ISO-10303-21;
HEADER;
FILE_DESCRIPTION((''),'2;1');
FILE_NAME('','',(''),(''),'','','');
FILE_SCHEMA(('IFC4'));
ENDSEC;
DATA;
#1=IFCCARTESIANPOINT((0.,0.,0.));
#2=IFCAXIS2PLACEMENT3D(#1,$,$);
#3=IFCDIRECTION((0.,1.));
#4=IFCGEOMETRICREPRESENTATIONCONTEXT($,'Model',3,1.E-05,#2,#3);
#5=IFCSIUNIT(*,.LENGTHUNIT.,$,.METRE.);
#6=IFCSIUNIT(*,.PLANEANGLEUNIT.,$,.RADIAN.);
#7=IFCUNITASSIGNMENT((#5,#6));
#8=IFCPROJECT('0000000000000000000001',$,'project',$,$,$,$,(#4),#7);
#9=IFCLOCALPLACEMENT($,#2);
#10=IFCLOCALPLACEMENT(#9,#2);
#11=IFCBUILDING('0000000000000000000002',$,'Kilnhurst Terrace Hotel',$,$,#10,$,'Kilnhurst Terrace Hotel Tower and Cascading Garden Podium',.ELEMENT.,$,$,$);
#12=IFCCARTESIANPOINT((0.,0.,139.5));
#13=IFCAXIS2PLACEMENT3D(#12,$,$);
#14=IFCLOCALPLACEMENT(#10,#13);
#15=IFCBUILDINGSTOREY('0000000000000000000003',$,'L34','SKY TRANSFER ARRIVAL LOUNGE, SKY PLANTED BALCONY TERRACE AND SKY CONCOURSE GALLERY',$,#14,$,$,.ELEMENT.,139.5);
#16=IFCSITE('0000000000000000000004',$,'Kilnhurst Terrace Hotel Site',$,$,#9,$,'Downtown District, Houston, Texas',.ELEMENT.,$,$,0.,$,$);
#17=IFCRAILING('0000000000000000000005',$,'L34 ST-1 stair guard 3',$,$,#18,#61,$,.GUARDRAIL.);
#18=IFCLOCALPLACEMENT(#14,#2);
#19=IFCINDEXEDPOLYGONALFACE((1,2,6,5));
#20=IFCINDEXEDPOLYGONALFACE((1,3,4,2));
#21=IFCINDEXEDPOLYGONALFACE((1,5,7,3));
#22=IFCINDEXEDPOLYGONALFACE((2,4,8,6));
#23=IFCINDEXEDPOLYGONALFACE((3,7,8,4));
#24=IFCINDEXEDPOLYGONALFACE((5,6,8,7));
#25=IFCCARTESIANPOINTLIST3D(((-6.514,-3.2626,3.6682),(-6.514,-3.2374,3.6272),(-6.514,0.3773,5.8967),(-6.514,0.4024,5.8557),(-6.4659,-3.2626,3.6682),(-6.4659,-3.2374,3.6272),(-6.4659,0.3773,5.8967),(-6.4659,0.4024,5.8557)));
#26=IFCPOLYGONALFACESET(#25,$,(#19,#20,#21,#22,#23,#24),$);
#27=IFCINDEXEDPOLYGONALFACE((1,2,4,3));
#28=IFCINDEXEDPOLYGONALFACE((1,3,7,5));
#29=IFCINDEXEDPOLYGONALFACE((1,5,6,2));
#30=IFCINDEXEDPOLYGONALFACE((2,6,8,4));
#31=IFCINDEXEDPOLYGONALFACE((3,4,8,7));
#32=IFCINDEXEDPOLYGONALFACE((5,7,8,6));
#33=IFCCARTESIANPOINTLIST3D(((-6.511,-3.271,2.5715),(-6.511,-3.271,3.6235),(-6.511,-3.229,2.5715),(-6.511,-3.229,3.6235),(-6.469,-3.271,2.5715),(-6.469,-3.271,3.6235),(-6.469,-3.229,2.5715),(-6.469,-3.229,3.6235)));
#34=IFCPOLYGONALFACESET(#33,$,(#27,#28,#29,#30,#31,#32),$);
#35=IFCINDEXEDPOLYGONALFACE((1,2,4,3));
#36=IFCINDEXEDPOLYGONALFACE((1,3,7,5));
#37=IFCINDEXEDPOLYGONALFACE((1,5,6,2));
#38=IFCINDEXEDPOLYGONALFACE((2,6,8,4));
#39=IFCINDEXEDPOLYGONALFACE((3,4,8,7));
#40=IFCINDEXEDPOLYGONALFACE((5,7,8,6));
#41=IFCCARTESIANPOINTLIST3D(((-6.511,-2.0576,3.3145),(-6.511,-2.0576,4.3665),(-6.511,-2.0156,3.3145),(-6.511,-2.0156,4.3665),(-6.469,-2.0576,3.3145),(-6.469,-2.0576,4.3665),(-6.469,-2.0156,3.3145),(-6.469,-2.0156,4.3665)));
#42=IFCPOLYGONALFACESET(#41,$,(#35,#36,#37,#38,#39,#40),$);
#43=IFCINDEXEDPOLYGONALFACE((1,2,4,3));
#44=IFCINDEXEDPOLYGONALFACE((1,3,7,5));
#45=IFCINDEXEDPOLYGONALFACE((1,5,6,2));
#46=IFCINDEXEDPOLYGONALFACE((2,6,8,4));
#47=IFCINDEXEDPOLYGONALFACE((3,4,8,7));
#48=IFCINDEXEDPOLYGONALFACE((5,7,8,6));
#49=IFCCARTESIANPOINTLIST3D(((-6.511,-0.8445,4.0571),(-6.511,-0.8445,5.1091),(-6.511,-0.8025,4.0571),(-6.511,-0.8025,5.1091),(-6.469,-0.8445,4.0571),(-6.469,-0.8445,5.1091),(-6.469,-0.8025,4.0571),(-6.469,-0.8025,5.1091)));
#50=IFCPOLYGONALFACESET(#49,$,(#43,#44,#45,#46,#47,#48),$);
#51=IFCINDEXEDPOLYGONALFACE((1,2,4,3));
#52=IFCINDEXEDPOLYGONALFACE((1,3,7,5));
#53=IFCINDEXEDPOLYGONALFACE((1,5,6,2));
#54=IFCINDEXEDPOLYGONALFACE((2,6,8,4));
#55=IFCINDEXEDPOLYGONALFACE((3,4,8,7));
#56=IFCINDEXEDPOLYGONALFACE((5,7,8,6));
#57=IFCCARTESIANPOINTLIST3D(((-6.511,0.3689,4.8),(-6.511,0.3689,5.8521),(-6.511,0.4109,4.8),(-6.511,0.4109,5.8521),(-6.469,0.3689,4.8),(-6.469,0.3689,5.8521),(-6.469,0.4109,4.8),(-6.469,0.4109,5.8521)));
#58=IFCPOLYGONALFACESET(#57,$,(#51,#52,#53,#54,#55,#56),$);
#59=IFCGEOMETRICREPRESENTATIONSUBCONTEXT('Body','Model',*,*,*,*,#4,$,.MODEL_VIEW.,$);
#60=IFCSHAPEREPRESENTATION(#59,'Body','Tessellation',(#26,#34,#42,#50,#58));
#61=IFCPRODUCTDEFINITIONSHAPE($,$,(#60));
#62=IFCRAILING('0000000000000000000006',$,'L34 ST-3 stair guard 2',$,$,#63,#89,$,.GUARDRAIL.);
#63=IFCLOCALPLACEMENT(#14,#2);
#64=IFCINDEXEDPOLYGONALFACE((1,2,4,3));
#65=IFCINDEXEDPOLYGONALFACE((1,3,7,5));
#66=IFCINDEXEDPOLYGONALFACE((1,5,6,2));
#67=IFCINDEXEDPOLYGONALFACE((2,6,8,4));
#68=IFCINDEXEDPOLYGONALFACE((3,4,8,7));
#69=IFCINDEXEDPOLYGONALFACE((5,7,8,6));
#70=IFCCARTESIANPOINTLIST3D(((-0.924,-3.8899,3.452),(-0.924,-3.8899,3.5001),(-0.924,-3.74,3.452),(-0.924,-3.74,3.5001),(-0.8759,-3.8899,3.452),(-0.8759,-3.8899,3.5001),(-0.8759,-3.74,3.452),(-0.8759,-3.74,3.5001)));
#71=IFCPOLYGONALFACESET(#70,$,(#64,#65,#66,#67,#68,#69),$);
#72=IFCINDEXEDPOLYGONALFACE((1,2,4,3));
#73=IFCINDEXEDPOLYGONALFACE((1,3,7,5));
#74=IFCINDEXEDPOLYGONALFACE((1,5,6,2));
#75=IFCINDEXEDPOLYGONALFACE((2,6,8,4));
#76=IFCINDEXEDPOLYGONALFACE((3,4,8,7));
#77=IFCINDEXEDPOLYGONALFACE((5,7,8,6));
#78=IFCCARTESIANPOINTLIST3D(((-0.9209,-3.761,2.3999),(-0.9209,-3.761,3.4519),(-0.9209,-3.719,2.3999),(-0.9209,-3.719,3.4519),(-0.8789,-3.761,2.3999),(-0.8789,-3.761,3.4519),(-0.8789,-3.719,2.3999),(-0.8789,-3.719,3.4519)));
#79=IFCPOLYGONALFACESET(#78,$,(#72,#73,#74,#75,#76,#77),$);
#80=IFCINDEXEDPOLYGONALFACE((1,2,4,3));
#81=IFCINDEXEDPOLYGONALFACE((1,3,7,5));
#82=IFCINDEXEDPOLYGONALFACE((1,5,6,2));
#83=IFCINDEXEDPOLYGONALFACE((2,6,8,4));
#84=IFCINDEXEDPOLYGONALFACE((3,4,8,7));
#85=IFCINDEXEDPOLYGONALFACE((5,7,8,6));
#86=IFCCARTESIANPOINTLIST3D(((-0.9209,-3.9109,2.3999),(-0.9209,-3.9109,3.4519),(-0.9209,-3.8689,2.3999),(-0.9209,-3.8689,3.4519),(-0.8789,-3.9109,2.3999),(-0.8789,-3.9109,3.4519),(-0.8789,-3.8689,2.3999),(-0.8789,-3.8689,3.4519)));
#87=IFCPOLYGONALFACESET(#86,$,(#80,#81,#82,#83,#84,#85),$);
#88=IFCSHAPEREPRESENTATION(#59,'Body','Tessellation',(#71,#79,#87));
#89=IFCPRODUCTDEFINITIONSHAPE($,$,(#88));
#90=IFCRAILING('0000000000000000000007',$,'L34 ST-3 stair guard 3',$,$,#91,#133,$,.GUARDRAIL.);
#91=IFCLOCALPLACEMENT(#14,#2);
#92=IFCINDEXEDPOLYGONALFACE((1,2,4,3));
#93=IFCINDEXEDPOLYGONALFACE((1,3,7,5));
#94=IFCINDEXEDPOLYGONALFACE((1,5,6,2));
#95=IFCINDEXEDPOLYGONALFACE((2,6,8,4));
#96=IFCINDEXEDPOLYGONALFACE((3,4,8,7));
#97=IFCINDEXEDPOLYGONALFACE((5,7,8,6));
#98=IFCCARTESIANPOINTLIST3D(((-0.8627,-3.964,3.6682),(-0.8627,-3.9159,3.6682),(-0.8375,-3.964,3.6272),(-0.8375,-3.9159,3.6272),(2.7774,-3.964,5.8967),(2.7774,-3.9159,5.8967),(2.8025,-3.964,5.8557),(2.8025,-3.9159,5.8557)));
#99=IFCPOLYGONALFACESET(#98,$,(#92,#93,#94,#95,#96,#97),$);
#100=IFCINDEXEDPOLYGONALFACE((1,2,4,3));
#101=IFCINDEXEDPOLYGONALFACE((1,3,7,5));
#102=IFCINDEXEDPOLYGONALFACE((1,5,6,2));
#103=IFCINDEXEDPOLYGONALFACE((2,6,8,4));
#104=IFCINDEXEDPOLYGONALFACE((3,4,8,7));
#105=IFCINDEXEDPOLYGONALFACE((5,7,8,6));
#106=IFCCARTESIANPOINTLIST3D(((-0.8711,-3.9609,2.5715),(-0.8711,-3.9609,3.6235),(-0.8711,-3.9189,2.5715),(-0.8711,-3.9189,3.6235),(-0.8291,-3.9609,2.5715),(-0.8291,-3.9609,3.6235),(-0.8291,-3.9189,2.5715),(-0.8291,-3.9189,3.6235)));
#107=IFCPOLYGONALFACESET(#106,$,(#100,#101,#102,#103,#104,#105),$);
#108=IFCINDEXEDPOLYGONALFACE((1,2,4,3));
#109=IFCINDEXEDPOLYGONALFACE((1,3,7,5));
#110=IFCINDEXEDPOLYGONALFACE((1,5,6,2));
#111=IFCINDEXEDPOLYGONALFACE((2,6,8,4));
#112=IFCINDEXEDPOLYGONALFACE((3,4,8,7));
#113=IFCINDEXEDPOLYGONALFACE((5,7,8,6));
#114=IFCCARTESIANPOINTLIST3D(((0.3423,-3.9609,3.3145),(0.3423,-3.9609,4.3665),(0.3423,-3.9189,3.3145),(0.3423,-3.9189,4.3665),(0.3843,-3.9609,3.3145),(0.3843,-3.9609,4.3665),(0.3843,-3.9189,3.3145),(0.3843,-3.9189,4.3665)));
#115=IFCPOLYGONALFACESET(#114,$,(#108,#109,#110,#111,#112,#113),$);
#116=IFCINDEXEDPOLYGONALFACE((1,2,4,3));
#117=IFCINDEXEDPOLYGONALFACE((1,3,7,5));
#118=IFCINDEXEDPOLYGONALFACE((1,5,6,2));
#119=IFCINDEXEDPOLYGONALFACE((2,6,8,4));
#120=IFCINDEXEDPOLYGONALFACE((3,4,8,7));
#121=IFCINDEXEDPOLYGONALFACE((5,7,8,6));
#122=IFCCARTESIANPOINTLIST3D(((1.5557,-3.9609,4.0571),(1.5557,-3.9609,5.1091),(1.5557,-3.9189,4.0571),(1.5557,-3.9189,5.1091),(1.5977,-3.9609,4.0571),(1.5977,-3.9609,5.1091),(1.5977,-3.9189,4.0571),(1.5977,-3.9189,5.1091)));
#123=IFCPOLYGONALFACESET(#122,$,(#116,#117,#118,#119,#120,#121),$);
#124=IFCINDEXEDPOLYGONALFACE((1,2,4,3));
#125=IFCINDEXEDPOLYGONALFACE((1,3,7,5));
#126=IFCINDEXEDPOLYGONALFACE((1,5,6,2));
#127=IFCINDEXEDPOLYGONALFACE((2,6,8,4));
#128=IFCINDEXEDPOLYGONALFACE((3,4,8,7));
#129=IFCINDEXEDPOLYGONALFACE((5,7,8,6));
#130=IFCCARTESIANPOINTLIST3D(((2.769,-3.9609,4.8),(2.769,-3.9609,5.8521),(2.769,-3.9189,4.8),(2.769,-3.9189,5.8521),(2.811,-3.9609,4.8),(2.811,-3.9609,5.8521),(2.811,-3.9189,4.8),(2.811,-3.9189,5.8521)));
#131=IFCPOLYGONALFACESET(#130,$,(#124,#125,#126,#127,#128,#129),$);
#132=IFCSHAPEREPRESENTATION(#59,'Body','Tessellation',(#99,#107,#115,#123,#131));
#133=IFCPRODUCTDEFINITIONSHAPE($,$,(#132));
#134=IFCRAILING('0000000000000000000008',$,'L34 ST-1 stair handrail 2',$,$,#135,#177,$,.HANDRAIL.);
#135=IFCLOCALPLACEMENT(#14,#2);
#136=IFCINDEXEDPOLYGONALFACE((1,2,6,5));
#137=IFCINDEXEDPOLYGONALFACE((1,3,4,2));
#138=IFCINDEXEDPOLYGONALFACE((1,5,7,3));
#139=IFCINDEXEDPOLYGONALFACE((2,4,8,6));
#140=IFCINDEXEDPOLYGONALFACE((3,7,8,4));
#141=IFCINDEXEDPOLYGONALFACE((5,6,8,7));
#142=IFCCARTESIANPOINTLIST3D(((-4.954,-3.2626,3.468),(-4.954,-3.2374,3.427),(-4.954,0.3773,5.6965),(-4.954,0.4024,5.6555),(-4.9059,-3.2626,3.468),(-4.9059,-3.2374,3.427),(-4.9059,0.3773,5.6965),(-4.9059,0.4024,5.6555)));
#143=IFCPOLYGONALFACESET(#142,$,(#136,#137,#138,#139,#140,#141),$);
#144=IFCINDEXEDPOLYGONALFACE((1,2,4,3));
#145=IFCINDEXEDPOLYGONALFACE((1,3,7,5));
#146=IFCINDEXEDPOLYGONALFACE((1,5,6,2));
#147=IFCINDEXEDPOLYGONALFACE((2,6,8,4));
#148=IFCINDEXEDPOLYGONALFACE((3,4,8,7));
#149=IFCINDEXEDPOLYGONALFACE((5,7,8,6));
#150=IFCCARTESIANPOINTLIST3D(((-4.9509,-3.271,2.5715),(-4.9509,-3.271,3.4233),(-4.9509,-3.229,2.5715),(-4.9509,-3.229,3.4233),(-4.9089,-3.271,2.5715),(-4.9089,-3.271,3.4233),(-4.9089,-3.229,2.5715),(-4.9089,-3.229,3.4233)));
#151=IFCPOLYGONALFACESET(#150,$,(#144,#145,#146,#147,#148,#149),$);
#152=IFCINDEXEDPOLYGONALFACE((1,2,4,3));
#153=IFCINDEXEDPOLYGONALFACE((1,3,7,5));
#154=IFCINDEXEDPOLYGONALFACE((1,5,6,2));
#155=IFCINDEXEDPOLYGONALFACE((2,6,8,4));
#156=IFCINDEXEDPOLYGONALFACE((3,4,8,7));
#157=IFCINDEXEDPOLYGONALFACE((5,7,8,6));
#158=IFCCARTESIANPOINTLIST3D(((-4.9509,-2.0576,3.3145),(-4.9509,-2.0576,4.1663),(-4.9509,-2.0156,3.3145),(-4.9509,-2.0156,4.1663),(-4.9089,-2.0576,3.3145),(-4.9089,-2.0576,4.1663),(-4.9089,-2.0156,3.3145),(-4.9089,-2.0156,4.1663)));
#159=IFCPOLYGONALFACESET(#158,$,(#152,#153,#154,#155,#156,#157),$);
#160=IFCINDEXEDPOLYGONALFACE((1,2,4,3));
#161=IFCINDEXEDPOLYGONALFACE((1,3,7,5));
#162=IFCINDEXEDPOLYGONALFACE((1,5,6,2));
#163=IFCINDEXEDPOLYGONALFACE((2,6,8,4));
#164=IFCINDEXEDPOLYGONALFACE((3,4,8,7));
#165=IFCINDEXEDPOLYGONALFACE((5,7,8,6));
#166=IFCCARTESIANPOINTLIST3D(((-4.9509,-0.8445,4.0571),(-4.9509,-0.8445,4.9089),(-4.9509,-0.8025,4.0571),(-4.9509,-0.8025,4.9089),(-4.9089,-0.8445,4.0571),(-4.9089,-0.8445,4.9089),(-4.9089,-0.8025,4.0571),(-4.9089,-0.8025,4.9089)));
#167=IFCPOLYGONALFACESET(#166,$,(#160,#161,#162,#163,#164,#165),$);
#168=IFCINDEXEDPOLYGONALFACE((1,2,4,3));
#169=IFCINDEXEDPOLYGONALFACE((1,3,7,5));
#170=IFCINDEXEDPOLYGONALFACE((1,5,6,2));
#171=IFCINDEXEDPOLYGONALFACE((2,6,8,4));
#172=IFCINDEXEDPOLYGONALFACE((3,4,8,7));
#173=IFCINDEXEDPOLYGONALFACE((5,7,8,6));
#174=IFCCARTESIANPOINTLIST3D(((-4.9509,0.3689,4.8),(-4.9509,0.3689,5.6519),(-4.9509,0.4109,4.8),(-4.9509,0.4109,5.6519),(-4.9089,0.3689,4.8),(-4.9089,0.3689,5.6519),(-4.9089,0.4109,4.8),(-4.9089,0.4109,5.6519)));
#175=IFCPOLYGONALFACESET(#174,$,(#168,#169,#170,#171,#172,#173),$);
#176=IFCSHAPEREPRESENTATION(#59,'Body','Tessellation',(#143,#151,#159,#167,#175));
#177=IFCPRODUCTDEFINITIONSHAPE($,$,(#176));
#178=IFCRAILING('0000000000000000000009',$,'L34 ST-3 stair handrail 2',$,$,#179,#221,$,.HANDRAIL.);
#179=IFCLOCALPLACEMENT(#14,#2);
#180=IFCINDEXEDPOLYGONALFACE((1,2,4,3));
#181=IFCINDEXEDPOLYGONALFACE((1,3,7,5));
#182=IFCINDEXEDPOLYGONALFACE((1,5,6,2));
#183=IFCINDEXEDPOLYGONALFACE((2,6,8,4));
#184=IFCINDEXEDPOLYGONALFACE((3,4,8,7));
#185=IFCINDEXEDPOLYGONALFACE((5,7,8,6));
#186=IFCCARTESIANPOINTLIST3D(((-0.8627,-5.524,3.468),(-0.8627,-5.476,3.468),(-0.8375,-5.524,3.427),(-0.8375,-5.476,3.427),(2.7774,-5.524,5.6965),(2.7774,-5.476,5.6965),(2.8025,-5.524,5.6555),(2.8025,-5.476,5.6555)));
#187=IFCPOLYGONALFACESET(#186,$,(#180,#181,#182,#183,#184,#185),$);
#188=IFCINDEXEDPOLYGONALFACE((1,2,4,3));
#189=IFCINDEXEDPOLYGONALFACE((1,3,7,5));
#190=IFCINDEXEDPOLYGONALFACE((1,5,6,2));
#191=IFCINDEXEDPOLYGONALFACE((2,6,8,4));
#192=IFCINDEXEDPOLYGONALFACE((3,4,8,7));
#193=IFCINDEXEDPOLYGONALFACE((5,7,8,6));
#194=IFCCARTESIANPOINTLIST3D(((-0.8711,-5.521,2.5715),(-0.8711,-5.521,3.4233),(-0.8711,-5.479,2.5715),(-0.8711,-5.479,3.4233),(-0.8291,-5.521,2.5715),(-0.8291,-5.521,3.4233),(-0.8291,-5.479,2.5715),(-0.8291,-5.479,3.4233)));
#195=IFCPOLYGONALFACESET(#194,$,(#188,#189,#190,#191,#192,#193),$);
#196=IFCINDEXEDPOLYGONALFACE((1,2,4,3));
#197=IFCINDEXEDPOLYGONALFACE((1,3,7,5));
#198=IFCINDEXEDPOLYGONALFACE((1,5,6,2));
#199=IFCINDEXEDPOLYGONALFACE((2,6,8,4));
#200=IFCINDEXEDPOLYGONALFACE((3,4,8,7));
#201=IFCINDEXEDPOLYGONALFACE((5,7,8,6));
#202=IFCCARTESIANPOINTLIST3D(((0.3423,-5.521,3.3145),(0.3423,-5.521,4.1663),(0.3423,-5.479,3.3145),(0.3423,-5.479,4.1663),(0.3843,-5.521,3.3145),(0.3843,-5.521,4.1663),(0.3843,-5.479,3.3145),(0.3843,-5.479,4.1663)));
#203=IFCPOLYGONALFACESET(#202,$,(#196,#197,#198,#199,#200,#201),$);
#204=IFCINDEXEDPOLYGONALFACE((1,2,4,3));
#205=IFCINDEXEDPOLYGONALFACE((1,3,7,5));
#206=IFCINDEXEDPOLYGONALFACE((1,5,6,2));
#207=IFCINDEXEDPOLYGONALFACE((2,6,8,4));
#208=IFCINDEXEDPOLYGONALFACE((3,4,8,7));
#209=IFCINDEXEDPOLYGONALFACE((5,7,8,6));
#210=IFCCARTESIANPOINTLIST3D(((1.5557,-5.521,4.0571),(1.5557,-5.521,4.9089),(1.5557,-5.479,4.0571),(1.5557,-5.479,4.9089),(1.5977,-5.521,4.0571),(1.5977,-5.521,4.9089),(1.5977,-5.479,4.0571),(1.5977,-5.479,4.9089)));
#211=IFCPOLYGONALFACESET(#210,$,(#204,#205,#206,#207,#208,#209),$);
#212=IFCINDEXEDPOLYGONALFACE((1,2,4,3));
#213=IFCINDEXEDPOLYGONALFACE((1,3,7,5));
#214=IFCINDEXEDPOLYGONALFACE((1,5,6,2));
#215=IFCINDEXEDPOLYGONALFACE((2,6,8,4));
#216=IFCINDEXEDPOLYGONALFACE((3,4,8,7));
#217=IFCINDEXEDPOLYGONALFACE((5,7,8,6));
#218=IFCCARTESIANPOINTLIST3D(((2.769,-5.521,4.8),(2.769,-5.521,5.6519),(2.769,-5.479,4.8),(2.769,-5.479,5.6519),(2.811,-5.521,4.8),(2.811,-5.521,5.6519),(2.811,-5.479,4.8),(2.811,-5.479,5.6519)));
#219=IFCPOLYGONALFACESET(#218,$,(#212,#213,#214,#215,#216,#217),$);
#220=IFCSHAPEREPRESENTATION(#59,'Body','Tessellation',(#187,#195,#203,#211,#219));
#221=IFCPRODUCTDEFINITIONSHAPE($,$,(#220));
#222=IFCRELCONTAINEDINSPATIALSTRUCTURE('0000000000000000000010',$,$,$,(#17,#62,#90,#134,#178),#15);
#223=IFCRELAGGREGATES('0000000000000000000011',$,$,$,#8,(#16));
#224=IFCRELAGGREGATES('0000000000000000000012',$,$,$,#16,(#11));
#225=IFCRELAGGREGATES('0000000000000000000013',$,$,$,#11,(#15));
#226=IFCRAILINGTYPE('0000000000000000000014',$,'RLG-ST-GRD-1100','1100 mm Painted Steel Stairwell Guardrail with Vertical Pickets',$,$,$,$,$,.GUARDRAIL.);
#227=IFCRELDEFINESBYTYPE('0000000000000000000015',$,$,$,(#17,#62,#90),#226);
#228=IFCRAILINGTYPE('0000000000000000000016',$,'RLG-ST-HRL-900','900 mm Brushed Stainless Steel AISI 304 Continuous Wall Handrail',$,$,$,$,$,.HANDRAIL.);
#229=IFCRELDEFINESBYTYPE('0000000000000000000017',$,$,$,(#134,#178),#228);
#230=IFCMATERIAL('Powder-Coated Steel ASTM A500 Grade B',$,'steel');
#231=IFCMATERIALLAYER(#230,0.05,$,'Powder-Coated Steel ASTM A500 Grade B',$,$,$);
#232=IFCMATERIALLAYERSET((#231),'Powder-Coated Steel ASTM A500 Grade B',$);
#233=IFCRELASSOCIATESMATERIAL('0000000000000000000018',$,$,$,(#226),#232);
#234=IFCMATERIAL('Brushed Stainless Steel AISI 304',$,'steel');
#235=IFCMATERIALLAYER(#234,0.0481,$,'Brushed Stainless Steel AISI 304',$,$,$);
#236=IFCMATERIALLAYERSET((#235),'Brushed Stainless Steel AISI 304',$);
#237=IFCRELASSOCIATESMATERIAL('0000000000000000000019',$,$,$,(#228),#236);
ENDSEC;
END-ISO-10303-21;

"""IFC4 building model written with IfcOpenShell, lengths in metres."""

from ifc_helpers import new_model, si_unit, direction, frame, origin, origin_2d, place, context, subcontext, project, spatial, rectangle, extrude, material, layer, layer_set, type_object, element, save


model = new_model("IFC4")

# Units and contexts
model_context = context("Model", 3, precision=1e-05, world=origin(), true_north=direction((0.0, 1.0)))
body_context = subcontext(model_context, "Body", "Model", "MODEL_VIEW")
ifc_project = project(units=[si_unit("LENGTHUNIT", "METRE"), si_unit("PLANEANGLEUNIT", "RADIAN")], contexts=[model_context])

# Site, building, storey
site_placement = place(None, origin())
site = spatial("IfcSite", under=ifc_project, at=site_placement, Name="Kilnhurst Terrace Hotel Site", LongName="Downtown District, Houston, Texas", CompositionType="ELEMENT", RefElevation=0.0)
building_placement = place(site_placement, origin())
building = spatial("IfcBuilding", under=site, at=building_placement, Name="Kilnhurst Terrace Hotel", LongName="Kilnhurst Terrace Hotel Tower and Cascading Garden Podium", CompositionType="ELEMENT")
storey_placement = place(building_placement, frame((0.0, 0.0, 139.5)))
storey = spatial("IfcBuildingStorey", under=building, at=storey_placement, Name="L34", Description="SKY TRANSFER ARRIVAL LOUNGE, SKY PLANTED BALCONY TERRACE AND SKY CONCOURSE GALLERY", CompositionType="ELEMENT", Elevation=139.5)

# Railings
ifc_material_1 = material(Name="Powder-Coated Steel ASTM A500 Grade B", Category="steel")
ifc_layer_1 = layer(ifc_material_1, 0.05, Name="Powder-Coated Steel ASTM A500 Grade B")
ifc_layer_set_1 = layer_set([ifc_layer_1], Name="Powder-Coated Steel ASTM A500 Grade B")
railing_type_1 = type_object("IfcRailingType", Name="RLG-ST-GRD-1100", Description="1100 mm Painted Steel Stairwell Guardrail with Vertical Pickets", PredefinedType="GUARDRAIL", material=ifc_layer_set_1)
railing_1_placement = place(storey_placement, frame((-6.49, -3.25, 2.5715)))
element("IfcRailing", 1, at=railing_1_placement, inside=storey, type_object=railing_type_1, Name="L34 ST-1 stair guard 3", PredefinedType="GUARDRAIL", context=body_context, shape_type="SweptSolid", body=[
    extrude(rectangle(XDim=0.0481, YDim=0.0481, at=origin_2d()), frame((0.0, 0.0, 1.0762), z_axis=(0.0, 0.85285, 0.522156), x_axis=(-1.0, 0.0, 0.0)), (0.0, 0.0, 1.0), 4.2678),
    extrude(rectangle(XDim=0.042, YDim=0.042, at=origin_2d()), origin(), (0.0, 0.0, 1.0), 1.052),
    extrude(rectangle(XDim=0.042, YDim=0.042, at=origin_2d()), frame((0.0, 1.2134, 0.7429)), (0.0, 0.0, 1.0), 1.052),
    extrude(rectangle(XDim=0.042, YDim=0.042, at=origin_2d()), frame((0.0, 2.4265, 1.4856)), (0.0, 0.0, 1.0), 1.052),
    extrude(rectangle(XDim=0.042, YDim=0.042, at=origin_2d()), frame((0.0, 3.6399, 2.2285)), (0.0, 0.0, 1.0), 1.052),
])
railing_2_placement = place(storey_placement, frame((-0.8999, -3.74, 2.3999)))
element("IfcRailing", 2, at=railing_2_placement, inside=storey, type_object=railing_type_1, Name="L34 ST-3 stair guard 2", PredefinedType="GUARDRAIL", context=body_context, shape_type="SweptSolid", body=[
    extrude(rectangle(XDim=0.0481, YDim=0.0481, at=origin_2d()), frame((0.0, 0.0, 1.0762), z_axis=(0.0, -1.0, 0.0), x_axis=(1.0, 0.0, 0.0)), (0.0, 0.0, 1.0), 0.1499),
    extrude(rectangle(XDim=0.042, YDim=0.042, at=origin_2d()), origin(), (0.0, 0.0, 1.0), 1.052),
    extrude(rectangle(XDim=0.042, YDim=0.042, at=origin_2d()), frame((0.0, -0.1499, 0.0)), (0.0, 0.0, 1.0), 1.052),
])
railing_3_placement = place(storey_placement, frame((-0.8501, -3.9399, 2.5715)))
element("IfcRailing", 3, at=railing_3_placement, inside=storey, type_object=railing_type_1, Name="L34 ST-3 stair guard 3", PredefinedType="GUARDRAIL", context=body_context, shape_type="SweptSolid", body=[
    extrude(rectangle(XDim=0.0481, YDim=0.0481, at=origin_2d()), frame((0.0, 0.0, 1.0762), z_axis=(0.852866, 0.0, 0.52213), x_axis=(0.0, 1.0, 0.0)), (0.0, 0.0, 1.0), 4.2681),
    extrude(rectangle(XDim=0.042, YDim=0.042, at=origin_2d()), origin(), (0.0, 0.0, 1.0), 1.052),
    extrude(rectangle(XDim=0.042, YDim=0.042, at=origin_2d()), frame((1.2134, 0.0, 0.7429)), (0.0, 0.0, 1.0), 1.052),
    extrude(rectangle(XDim=0.042, YDim=0.042, at=origin_2d()), frame((2.4268, 0.0, 1.4856)), (0.0, 0.0, 1.0), 1.052),
    extrude(rectangle(XDim=0.042, YDim=0.042, at=origin_2d()), frame((3.6401, 0.0, 2.2285)), (0.0, 0.0, 1.0), 1.052),
])
ifc_material_2 = material(Name="Brushed Stainless Steel AISI 304", Category="steel")
ifc_layer_2 = layer(ifc_material_2, 0.0481, Name="Brushed Stainless Steel AISI 304")
ifc_layer_set_2 = layer_set([ifc_layer_2], Name="Brushed Stainless Steel AISI 304")
railing_type_2 = type_object("IfcRailingType", Name="RLG-ST-HRL-900", Description="900 mm Brushed Stainless Steel AISI 304 Continuous Wall Handrail", PredefinedType="HANDRAIL", material=ifc_layer_set_2)
railing_4_placement = place(storey_placement, frame((-4.9299, -3.25, 2.5715)))
element("IfcRailing", 4, at=railing_4_placement, inside=storey, type_object=railing_type_2, Name="L34 ST-1 stair handrail 2", PredefinedType="HANDRAIL", context=body_context, shape_type="SweptSolid", body=[
    extrude(rectangle(XDim=0.0481, YDim=0.0481, at=origin_2d()), frame((0.0, 0.0, 0.876), z_axis=(0.0, 0.85285, 0.522156), x_axis=(-1.0, 0.0, 0.0)), (0.0, 0.0, 1.0), 4.2678),
    extrude(rectangle(XDim=0.042, YDim=0.042, at=origin_2d()), origin(), (0.0, 0.0, 1.0), 0.8518),
    extrude(rectangle(XDim=0.042, YDim=0.042, at=origin_2d()), frame((0.0, 1.2134, 0.7429)), (0.0, 0.0, 1.0), 0.8518),
    extrude(rectangle(XDim=0.042, YDim=0.042, at=origin_2d()), frame((0.0, 2.4265, 1.4856)), (0.0, 0.0, 1.0), 0.8518),
    extrude(rectangle(XDim=0.042, YDim=0.042, at=origin_2d()), frame((0.0, 3.6399, 2.2285)), (0.0, 0.0, 1.0), 0.8518),
])
railing_5_placement = place(storey_placement, frame((-0.8501, -5.5, 2.5715)))
element("IfcRailing", 5, at=railing_5_placement, inside=storey, type_object=railing_type_2, Name="L34 ST-3 stair handrail 2", PredefinedType="HANDRAIL", context=body_context, shape_type="SweptSolid", body=[
    extrude(rectangle(XDim=0.0481, YDim=0.0481, at=origin_2d()), frame((0.0, 0.0, 0.876), z_axis=(0.852866, 0.0, 0.52213), x_axis=(0.0, 1.0, 0.0)), (0.0, 0.0, 1.0), 4.2681),
    extrude(rectangle(XDim=0.042, YDim=0.042, at=origin_2d()), origin(), (0.0, 0.0, 1.0), 0.8518),
    extrude(rectangle(XDim=0.042, YDim=0.042, at=origin_2d()), frame((1.2134, 0.0, 0.7429)), (0.0, 0.0, 1.0), 0.8518),
    extrude(rectangle(XDim=0.042, YDim=0.042, at=origin_2d()), frame((2.4268, 0.0, 1.4856)), (0.0, 0.0, 1.0), 0.8518),
    extrude(rectangle(XDim=0.042, YDim=0.042, at=origin_2d()), frame((3.6401, 0.0, 2.2285)), (0.0, 0.0, 1.0), 0.8518),
])

save(model, "model.ifc")
